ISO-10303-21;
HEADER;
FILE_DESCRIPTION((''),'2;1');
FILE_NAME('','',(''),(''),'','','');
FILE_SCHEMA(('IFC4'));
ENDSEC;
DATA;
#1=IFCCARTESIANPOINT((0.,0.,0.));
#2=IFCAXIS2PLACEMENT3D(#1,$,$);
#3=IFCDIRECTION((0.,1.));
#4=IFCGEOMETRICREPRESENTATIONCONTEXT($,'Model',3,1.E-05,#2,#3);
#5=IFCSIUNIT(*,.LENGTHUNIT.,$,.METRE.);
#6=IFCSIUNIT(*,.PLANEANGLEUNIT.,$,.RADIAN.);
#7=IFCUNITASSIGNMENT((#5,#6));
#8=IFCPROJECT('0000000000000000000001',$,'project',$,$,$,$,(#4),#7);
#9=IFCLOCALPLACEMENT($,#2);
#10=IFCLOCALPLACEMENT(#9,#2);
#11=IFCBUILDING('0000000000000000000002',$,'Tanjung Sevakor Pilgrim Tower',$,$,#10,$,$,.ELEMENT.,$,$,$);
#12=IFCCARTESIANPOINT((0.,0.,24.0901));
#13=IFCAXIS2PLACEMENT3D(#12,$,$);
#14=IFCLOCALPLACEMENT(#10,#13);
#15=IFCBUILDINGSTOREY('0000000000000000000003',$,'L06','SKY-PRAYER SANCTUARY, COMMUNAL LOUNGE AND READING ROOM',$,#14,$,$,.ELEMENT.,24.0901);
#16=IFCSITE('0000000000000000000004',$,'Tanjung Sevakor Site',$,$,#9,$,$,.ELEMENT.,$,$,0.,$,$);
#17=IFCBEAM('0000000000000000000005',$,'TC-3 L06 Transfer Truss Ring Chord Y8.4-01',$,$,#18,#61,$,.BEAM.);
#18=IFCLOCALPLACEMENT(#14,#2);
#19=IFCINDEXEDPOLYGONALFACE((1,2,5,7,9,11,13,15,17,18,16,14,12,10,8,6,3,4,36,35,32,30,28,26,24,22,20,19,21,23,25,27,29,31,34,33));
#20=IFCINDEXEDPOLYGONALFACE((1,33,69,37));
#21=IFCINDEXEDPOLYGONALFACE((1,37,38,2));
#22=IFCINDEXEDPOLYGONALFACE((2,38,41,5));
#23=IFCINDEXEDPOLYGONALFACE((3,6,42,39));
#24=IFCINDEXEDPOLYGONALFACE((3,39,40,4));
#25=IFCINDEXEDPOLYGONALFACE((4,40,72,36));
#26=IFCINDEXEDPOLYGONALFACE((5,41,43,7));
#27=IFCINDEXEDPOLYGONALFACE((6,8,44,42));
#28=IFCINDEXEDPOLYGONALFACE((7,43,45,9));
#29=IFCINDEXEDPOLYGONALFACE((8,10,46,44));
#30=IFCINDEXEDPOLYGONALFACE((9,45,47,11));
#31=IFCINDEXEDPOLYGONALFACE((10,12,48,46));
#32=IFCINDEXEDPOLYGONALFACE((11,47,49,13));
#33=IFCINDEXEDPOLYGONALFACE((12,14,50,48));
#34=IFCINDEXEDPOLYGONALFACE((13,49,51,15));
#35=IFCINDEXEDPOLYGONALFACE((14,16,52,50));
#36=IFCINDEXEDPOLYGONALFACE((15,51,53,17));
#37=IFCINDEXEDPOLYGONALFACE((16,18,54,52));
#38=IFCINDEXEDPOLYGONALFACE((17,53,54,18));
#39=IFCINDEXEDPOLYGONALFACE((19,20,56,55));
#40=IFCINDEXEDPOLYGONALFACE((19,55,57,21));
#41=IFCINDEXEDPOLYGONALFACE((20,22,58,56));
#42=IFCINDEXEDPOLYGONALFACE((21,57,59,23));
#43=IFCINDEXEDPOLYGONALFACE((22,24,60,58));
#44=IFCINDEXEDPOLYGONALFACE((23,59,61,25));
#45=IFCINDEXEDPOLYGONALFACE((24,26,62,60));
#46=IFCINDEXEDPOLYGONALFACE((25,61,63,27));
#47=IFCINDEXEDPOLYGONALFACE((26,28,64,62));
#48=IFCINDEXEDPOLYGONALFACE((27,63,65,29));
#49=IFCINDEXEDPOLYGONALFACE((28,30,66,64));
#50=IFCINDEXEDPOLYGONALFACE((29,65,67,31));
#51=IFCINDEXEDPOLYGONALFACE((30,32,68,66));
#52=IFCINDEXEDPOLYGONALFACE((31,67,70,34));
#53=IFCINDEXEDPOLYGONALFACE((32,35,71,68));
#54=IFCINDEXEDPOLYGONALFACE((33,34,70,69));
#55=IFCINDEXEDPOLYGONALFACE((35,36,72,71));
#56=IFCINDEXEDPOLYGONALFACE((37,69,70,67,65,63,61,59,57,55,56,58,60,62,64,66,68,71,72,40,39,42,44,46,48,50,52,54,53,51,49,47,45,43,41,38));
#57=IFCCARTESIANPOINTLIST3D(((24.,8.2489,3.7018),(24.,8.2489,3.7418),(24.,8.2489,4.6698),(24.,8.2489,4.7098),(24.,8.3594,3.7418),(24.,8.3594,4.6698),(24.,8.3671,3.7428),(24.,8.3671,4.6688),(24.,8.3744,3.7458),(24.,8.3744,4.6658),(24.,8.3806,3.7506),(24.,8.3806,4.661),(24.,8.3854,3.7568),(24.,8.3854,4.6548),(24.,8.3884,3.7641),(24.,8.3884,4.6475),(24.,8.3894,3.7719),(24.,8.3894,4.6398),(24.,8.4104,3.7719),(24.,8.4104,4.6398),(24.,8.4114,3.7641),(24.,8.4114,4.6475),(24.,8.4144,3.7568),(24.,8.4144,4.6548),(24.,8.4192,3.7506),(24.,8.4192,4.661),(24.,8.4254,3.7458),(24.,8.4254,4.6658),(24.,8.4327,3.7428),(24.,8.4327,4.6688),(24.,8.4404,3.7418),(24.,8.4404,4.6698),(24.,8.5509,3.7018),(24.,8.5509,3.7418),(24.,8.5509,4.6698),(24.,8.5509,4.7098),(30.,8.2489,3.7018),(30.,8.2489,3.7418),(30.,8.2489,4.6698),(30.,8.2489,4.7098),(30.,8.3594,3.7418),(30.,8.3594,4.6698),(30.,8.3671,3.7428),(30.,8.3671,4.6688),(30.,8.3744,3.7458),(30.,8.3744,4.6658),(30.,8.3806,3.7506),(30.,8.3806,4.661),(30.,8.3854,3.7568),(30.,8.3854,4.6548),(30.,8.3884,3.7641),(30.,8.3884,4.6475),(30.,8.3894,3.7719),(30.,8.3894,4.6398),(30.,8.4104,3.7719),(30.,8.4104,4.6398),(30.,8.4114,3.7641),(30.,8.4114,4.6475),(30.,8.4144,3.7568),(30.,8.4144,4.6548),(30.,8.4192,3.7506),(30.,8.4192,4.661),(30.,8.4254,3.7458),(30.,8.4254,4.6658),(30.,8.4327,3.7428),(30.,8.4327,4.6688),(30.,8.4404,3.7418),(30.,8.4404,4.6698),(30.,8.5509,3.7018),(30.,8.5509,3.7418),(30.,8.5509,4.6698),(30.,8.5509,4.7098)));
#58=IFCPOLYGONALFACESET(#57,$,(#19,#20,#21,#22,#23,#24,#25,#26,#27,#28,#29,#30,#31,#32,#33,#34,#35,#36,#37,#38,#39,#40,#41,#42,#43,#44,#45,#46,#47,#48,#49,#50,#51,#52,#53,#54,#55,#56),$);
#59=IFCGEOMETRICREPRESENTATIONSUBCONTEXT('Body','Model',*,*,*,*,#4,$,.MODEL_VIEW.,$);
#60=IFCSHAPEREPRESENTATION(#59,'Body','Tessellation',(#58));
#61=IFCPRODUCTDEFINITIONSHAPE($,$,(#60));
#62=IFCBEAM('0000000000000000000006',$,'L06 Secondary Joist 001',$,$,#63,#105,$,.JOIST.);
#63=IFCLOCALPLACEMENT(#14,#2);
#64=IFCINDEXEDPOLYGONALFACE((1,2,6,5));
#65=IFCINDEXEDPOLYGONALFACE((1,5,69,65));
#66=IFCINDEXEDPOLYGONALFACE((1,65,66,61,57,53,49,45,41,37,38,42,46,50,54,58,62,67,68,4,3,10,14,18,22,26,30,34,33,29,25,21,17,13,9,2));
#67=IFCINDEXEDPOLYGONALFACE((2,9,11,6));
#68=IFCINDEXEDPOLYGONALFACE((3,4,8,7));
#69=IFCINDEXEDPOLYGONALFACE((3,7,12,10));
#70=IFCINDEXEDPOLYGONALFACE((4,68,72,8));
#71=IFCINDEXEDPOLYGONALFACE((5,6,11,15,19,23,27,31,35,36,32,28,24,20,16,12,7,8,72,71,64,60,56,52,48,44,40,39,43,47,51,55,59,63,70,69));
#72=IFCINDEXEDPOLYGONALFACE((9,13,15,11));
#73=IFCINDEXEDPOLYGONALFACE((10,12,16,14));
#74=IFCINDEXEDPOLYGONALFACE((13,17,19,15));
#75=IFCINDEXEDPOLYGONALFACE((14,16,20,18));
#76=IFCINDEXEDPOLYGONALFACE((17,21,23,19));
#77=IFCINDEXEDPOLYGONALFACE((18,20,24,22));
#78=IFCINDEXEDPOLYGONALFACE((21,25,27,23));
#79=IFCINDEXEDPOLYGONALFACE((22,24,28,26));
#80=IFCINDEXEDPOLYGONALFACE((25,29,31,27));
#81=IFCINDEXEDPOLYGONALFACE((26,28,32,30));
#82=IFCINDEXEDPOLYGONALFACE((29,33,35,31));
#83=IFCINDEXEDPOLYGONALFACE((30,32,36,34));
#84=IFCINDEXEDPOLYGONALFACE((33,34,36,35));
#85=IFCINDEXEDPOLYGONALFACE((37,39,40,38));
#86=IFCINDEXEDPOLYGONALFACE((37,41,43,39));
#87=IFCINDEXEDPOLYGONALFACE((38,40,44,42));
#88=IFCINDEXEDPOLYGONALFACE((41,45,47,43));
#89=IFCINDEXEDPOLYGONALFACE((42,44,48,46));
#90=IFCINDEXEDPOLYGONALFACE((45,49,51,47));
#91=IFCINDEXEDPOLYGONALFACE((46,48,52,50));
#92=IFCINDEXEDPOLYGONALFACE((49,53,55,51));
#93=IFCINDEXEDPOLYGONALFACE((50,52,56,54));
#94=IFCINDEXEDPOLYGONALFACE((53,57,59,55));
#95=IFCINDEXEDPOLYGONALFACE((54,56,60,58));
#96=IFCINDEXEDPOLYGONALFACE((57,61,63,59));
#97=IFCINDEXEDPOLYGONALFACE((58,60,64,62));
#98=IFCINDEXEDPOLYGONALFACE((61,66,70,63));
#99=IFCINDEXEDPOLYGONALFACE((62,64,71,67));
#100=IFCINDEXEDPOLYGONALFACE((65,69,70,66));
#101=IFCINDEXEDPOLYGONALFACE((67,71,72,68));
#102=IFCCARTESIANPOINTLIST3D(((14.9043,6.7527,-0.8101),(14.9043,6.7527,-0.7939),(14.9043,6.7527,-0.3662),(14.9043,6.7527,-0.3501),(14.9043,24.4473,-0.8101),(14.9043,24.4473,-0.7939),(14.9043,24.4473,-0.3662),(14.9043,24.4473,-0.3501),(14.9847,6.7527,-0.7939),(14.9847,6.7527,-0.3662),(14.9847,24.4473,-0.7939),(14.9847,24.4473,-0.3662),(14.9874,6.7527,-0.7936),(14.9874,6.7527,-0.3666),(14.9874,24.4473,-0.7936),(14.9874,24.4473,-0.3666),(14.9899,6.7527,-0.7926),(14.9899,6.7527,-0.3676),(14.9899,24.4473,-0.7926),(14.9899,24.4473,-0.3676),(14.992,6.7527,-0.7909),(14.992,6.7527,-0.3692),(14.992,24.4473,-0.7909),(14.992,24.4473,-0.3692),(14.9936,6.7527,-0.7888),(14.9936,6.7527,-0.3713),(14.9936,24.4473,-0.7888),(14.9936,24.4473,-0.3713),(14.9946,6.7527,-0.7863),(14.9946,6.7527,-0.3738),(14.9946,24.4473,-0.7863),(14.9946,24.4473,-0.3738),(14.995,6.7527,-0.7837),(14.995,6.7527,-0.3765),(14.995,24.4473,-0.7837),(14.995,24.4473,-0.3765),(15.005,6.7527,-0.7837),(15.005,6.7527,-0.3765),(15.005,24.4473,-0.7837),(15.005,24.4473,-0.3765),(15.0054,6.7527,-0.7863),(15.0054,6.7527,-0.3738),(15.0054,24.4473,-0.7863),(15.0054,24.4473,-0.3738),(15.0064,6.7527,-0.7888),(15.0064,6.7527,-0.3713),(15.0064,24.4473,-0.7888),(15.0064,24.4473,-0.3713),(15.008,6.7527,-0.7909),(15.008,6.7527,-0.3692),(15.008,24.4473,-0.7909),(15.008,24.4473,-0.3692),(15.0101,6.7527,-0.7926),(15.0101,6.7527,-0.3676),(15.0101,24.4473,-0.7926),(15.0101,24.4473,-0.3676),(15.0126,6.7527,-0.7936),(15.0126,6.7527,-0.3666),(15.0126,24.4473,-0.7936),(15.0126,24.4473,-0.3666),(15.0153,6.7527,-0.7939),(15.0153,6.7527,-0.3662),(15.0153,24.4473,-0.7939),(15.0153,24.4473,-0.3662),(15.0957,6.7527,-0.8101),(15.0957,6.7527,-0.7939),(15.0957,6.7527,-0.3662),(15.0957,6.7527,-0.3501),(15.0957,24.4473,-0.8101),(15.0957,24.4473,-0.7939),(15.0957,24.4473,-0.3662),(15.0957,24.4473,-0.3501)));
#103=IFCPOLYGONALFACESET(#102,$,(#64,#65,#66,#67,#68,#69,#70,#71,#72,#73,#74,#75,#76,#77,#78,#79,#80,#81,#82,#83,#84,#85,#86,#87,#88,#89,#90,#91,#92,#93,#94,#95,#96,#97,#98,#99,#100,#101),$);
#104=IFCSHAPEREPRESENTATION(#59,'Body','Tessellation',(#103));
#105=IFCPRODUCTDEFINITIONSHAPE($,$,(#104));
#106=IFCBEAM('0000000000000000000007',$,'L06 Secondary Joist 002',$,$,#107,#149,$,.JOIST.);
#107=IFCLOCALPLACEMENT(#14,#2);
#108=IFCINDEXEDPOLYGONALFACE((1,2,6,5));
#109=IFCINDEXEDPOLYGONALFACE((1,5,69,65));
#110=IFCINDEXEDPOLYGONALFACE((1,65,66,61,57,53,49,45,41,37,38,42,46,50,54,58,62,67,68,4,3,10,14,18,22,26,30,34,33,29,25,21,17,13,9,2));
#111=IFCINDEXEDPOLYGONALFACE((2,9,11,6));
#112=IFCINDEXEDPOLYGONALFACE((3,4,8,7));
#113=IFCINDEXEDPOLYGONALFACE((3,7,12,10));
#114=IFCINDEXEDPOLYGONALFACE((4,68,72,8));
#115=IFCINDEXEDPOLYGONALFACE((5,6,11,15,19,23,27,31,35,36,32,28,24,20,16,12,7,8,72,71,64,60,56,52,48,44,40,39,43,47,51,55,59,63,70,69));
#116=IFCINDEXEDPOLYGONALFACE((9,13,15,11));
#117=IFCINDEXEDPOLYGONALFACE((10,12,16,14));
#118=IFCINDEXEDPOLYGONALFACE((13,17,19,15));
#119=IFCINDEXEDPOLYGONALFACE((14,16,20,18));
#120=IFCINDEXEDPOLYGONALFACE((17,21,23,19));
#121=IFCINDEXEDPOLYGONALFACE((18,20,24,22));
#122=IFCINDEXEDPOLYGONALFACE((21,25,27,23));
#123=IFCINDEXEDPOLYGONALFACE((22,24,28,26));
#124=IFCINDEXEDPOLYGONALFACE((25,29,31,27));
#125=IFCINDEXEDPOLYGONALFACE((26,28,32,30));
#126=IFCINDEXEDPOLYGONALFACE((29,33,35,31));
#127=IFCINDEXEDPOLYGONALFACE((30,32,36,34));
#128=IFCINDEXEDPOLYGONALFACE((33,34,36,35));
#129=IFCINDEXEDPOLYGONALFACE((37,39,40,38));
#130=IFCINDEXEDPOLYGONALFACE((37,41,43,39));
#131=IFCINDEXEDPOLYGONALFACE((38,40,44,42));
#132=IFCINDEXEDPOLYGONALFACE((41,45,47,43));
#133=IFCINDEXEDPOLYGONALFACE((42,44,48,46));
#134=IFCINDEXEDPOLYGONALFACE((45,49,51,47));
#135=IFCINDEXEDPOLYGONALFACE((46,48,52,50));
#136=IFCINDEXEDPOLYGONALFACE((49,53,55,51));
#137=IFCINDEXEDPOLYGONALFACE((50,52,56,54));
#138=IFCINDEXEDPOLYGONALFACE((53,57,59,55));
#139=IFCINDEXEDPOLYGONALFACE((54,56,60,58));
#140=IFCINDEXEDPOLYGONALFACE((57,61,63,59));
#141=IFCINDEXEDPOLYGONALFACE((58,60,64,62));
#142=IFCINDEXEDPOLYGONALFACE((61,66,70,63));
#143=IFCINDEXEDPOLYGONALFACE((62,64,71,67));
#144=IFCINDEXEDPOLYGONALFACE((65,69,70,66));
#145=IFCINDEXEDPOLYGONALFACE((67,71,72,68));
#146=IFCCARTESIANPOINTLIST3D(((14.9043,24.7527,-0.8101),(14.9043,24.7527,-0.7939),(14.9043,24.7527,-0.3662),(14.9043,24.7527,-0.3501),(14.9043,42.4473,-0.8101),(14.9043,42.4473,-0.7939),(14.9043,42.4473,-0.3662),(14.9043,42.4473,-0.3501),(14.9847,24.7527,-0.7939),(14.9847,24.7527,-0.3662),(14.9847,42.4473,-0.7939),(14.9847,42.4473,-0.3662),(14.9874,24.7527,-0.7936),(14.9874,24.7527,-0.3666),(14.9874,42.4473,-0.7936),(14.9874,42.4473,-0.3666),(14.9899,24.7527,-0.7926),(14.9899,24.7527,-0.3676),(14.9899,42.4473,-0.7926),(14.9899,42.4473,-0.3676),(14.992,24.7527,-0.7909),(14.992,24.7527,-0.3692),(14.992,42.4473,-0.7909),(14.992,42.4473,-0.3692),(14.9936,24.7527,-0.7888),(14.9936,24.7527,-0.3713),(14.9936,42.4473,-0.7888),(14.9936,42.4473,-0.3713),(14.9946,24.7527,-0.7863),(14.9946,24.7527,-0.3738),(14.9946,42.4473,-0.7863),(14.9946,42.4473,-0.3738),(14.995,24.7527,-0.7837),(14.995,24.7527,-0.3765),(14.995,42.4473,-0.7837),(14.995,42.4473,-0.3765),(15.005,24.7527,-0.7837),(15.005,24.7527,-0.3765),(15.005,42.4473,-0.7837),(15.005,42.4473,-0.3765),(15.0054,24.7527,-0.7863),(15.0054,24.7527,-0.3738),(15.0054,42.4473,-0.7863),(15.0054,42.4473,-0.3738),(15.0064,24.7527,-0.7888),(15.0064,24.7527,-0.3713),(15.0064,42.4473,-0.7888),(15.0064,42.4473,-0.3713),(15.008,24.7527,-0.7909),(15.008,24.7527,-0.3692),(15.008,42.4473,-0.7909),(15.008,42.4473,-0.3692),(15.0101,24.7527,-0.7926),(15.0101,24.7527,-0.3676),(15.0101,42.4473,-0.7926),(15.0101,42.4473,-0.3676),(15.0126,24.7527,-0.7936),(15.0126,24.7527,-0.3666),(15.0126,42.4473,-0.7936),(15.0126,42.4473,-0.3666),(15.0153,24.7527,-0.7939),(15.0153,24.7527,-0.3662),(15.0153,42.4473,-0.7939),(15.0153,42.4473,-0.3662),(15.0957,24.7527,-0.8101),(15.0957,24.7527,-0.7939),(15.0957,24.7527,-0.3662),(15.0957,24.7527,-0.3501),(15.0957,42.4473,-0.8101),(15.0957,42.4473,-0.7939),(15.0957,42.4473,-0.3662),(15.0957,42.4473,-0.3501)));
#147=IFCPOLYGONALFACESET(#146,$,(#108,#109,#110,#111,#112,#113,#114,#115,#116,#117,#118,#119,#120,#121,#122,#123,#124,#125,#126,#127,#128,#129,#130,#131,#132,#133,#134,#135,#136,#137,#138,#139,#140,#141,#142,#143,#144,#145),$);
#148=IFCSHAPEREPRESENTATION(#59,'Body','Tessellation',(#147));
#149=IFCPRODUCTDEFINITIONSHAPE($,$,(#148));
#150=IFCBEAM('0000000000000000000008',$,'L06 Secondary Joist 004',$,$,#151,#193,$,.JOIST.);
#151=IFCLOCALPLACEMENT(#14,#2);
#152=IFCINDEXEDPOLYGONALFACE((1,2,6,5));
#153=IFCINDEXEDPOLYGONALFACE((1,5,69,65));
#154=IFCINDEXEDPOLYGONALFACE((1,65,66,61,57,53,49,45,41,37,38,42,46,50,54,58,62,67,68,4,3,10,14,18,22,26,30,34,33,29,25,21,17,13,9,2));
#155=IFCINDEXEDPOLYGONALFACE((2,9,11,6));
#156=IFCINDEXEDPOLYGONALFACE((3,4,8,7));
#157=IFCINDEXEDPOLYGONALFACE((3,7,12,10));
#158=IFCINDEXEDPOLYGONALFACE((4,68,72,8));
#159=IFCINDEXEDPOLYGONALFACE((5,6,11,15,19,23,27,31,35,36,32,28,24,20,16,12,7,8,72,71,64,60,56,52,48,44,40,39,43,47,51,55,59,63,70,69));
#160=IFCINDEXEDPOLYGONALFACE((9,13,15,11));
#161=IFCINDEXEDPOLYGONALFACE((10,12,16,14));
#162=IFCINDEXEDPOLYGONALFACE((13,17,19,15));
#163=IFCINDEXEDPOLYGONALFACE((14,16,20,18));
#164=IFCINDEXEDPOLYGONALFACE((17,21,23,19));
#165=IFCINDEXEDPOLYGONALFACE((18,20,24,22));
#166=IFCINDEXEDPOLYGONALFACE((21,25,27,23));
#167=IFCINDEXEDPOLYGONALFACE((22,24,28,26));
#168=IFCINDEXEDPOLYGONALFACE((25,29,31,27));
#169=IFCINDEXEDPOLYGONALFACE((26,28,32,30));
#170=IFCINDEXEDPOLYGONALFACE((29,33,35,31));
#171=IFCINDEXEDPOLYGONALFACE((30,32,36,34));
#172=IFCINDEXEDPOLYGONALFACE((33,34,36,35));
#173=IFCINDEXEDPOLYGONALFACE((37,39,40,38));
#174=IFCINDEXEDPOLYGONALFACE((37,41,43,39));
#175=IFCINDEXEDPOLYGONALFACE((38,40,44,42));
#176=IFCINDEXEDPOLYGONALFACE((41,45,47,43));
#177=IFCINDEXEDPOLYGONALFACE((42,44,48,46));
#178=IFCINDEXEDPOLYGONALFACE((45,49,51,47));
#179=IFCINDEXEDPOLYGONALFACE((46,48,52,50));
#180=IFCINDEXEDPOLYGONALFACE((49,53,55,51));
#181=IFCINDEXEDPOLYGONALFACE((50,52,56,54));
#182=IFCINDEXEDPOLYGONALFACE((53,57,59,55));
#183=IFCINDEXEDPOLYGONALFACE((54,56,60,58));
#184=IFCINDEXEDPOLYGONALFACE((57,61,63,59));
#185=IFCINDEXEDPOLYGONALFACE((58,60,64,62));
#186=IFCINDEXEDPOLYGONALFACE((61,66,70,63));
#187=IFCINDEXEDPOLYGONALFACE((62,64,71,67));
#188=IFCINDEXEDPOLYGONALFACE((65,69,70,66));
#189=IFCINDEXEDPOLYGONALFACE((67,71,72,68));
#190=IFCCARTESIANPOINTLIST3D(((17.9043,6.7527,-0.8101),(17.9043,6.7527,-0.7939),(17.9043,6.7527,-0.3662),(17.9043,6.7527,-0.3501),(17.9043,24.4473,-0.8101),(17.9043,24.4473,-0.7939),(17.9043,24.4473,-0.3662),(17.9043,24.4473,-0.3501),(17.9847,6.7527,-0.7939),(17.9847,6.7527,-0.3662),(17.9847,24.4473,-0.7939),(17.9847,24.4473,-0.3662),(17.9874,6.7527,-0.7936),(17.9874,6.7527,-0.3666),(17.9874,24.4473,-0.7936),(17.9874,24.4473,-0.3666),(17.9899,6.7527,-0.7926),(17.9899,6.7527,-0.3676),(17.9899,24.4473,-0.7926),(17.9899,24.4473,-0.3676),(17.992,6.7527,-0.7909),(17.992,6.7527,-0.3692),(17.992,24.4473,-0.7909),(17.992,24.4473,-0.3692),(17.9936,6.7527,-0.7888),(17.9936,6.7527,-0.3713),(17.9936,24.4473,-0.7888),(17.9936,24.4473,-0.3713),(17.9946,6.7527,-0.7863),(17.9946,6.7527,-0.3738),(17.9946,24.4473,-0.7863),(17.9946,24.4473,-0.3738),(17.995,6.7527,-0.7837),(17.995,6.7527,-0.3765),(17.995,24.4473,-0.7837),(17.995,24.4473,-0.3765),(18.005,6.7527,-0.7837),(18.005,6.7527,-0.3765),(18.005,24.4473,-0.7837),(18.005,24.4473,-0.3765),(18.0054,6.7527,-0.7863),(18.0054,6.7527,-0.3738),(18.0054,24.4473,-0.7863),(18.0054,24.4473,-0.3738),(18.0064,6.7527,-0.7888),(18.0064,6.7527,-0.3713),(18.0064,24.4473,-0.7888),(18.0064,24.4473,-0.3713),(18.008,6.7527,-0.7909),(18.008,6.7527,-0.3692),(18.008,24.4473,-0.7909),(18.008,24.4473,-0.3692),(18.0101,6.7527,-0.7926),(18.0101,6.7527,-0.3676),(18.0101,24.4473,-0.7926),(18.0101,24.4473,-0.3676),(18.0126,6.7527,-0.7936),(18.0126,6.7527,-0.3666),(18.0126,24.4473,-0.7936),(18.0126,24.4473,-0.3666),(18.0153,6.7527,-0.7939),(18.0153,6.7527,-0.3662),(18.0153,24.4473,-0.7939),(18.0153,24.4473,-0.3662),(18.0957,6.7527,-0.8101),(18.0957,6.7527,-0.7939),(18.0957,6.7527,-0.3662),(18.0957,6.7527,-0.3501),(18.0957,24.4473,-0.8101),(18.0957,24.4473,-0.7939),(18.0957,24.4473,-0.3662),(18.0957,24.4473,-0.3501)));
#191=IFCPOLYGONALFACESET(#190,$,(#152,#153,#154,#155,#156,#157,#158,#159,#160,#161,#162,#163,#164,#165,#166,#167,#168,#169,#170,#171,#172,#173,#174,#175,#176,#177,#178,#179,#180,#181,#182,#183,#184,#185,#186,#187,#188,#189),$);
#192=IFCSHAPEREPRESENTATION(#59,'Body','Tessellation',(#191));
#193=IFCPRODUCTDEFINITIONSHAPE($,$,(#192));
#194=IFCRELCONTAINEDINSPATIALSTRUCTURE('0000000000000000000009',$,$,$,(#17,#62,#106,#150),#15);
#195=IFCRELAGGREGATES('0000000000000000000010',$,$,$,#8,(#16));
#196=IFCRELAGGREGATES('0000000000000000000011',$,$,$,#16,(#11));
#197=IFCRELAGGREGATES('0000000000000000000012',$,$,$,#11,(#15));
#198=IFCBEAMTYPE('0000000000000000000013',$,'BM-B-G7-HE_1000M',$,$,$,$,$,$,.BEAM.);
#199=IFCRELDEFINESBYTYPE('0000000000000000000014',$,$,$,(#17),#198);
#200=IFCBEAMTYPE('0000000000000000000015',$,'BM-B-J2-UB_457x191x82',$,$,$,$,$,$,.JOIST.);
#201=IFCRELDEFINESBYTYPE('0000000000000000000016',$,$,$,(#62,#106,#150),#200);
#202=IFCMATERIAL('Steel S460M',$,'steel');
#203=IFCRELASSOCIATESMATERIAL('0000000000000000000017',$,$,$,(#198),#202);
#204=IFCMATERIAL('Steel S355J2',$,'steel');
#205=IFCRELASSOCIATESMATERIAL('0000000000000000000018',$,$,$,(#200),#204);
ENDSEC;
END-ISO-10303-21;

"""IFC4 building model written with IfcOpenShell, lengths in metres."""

from ifc_helpers import new_model, si_unit, direction, frame, origin, origin_2d, place, context, subcontext, project, spatial, i_section, extrude, material, material_profile, profile_set, type_object, element, save


model = new_model("IFC4")

# Units and contexts
model_context = context("Model", 3, precision=1e-05, world=origin(), true_north=direction((0.0, 1.0)))
body_context = subcontext(model_context, "Body", "Model", "MODEL_VIEW")
ifc_project = project(units=[si_unit("LENGTHUNIT", "METRE"), si_unit("PLANEANGLEUNIT", "RADIAN")], contexts=[model_context])

# Site, building, storey
site_placement = place(None, origin())
site = spatial("IfcSite", under=ifc_project, at=site_placement, Name="Tanjung Sevakor Site", CompositionType="ELEMENT", RefElevation=0.0)
building_placement = place(site_placement, origin())
building = spatial("IfcBuilding", under=site, at=building_placement, Name="Tanjung Sevakor Pilgrim Tower", CompositionType="ELEMENT")
storey_placement = place(building_placement, frame((0.0, 0.0, 24.0901)))
storey = spatial("IfcBuildingStorey", under=building, at=storey_placement, Name="L06", Description="SKY-PRAYER SANCTUARY, COMMUNAL LOUNGE AND READING ROOM", CompositionType="ELEMENT", Elevation=24.0901)

# Beams
ifc_material_1 = material(Name="Steel S460M", Category="steel")
ifc_material_profile_1 = material_profile(ifc_material_1, i_section(OverallWidth=0.302, OverallDepth=1.0081, WebThickness=0.021, FlangeThickness=0.04, FilletRadius=0.03, at=origin_2d()))
ifc_profile_set_1 = profile_set([ifc_material_profile_1], Name="Steel S460M")
beam_type_1 = type_object("IfcBeamType", Name="BM-B-G7-HE_1000M", PredefinedType="BEAM", material=ifc_profile_set_1)
beam_1_placement = place(storey_placement, frame((24.0, 8.3999, 4.2058), z_axis=(1.0, 0.0, 0.0), x_axis=(0.0, 1.0, 0.0)))
element("IfcBeam", 1, at=beam_1_placement, inside=storey, type_object=beam_type_1, Name="TC-3 L06 Transfer Truss Ring Chord Y8.4-01", PredefinedType="BEAM", context=body_context, shape_type="SweptSolid", body=[
    extrude(i_section(OverallWidth=0.302, OverallDepth=1.0081, WebThickness=0.021, FlangeThickness=0.04, FilletRadius=0.03, at=origin_2d()), origin(), (0.0, 0.0, 1.0), 6.0),
])
ifc_material_2 = material(Name="Steel S355J2", Category="steel")
ifc_material_profile_2 = material_profile(ifc_material_2, i_section(OverallWidth=0.1914, OverallDepth=0.46, WebThickness=0.01, FlangeThickness=0.0161, FilletRadius=0.0103, at=origin_2d()))
ifc_profile_set_2 = profile_set([ifc_material_profile_2], Name="Steel S355J2")
beam_type_2 = type_object("IfcBeamType", Name="BM-B-J2-UB_457x191x82", PredefinedType="JOIST", material=ifc_profile_set_2)
for number, where, z_axis, x_axis, name in (
    (2, (15.0, 6.7527, -0.5801), (0.0, 1.0, 0.0), (-1.0, 0.0, 0.0), "L06 Secondary Joist 001"),
    (3, (15.0, 24.7527, -0.5801), (0.0, 1.0, 0.0), (-1.0, 0.0, 0.0), "L06 Secondary Joist 002"),
    (4, (18.0, 6.7527, -0.5801), (0.0, 1.0, 0.0), (-1.0, 0.0, 0.0), "L06 Secondary Joist 004"),
):
    element("IfcBeam", number, at=place(storey_placement, frame(where, z_axis=z_axis, x_axis=x_axis)), inside=storey, type_object=beam_type_2, Name=name, PredefinedType="JOIST", context=body_context, shape_type="SweptSolid", body=[
        extrude(i_section(OverallWidth=0.1914, OverallDepth=0.46, WebThickness=0.01, FlangeThickness=0.0161, FilletRadius=0.0103, at=origin_2d()), origin(), (0.0, 0.0, 1.0), 17.6946),
    ])

save(model, "model.ifc")
